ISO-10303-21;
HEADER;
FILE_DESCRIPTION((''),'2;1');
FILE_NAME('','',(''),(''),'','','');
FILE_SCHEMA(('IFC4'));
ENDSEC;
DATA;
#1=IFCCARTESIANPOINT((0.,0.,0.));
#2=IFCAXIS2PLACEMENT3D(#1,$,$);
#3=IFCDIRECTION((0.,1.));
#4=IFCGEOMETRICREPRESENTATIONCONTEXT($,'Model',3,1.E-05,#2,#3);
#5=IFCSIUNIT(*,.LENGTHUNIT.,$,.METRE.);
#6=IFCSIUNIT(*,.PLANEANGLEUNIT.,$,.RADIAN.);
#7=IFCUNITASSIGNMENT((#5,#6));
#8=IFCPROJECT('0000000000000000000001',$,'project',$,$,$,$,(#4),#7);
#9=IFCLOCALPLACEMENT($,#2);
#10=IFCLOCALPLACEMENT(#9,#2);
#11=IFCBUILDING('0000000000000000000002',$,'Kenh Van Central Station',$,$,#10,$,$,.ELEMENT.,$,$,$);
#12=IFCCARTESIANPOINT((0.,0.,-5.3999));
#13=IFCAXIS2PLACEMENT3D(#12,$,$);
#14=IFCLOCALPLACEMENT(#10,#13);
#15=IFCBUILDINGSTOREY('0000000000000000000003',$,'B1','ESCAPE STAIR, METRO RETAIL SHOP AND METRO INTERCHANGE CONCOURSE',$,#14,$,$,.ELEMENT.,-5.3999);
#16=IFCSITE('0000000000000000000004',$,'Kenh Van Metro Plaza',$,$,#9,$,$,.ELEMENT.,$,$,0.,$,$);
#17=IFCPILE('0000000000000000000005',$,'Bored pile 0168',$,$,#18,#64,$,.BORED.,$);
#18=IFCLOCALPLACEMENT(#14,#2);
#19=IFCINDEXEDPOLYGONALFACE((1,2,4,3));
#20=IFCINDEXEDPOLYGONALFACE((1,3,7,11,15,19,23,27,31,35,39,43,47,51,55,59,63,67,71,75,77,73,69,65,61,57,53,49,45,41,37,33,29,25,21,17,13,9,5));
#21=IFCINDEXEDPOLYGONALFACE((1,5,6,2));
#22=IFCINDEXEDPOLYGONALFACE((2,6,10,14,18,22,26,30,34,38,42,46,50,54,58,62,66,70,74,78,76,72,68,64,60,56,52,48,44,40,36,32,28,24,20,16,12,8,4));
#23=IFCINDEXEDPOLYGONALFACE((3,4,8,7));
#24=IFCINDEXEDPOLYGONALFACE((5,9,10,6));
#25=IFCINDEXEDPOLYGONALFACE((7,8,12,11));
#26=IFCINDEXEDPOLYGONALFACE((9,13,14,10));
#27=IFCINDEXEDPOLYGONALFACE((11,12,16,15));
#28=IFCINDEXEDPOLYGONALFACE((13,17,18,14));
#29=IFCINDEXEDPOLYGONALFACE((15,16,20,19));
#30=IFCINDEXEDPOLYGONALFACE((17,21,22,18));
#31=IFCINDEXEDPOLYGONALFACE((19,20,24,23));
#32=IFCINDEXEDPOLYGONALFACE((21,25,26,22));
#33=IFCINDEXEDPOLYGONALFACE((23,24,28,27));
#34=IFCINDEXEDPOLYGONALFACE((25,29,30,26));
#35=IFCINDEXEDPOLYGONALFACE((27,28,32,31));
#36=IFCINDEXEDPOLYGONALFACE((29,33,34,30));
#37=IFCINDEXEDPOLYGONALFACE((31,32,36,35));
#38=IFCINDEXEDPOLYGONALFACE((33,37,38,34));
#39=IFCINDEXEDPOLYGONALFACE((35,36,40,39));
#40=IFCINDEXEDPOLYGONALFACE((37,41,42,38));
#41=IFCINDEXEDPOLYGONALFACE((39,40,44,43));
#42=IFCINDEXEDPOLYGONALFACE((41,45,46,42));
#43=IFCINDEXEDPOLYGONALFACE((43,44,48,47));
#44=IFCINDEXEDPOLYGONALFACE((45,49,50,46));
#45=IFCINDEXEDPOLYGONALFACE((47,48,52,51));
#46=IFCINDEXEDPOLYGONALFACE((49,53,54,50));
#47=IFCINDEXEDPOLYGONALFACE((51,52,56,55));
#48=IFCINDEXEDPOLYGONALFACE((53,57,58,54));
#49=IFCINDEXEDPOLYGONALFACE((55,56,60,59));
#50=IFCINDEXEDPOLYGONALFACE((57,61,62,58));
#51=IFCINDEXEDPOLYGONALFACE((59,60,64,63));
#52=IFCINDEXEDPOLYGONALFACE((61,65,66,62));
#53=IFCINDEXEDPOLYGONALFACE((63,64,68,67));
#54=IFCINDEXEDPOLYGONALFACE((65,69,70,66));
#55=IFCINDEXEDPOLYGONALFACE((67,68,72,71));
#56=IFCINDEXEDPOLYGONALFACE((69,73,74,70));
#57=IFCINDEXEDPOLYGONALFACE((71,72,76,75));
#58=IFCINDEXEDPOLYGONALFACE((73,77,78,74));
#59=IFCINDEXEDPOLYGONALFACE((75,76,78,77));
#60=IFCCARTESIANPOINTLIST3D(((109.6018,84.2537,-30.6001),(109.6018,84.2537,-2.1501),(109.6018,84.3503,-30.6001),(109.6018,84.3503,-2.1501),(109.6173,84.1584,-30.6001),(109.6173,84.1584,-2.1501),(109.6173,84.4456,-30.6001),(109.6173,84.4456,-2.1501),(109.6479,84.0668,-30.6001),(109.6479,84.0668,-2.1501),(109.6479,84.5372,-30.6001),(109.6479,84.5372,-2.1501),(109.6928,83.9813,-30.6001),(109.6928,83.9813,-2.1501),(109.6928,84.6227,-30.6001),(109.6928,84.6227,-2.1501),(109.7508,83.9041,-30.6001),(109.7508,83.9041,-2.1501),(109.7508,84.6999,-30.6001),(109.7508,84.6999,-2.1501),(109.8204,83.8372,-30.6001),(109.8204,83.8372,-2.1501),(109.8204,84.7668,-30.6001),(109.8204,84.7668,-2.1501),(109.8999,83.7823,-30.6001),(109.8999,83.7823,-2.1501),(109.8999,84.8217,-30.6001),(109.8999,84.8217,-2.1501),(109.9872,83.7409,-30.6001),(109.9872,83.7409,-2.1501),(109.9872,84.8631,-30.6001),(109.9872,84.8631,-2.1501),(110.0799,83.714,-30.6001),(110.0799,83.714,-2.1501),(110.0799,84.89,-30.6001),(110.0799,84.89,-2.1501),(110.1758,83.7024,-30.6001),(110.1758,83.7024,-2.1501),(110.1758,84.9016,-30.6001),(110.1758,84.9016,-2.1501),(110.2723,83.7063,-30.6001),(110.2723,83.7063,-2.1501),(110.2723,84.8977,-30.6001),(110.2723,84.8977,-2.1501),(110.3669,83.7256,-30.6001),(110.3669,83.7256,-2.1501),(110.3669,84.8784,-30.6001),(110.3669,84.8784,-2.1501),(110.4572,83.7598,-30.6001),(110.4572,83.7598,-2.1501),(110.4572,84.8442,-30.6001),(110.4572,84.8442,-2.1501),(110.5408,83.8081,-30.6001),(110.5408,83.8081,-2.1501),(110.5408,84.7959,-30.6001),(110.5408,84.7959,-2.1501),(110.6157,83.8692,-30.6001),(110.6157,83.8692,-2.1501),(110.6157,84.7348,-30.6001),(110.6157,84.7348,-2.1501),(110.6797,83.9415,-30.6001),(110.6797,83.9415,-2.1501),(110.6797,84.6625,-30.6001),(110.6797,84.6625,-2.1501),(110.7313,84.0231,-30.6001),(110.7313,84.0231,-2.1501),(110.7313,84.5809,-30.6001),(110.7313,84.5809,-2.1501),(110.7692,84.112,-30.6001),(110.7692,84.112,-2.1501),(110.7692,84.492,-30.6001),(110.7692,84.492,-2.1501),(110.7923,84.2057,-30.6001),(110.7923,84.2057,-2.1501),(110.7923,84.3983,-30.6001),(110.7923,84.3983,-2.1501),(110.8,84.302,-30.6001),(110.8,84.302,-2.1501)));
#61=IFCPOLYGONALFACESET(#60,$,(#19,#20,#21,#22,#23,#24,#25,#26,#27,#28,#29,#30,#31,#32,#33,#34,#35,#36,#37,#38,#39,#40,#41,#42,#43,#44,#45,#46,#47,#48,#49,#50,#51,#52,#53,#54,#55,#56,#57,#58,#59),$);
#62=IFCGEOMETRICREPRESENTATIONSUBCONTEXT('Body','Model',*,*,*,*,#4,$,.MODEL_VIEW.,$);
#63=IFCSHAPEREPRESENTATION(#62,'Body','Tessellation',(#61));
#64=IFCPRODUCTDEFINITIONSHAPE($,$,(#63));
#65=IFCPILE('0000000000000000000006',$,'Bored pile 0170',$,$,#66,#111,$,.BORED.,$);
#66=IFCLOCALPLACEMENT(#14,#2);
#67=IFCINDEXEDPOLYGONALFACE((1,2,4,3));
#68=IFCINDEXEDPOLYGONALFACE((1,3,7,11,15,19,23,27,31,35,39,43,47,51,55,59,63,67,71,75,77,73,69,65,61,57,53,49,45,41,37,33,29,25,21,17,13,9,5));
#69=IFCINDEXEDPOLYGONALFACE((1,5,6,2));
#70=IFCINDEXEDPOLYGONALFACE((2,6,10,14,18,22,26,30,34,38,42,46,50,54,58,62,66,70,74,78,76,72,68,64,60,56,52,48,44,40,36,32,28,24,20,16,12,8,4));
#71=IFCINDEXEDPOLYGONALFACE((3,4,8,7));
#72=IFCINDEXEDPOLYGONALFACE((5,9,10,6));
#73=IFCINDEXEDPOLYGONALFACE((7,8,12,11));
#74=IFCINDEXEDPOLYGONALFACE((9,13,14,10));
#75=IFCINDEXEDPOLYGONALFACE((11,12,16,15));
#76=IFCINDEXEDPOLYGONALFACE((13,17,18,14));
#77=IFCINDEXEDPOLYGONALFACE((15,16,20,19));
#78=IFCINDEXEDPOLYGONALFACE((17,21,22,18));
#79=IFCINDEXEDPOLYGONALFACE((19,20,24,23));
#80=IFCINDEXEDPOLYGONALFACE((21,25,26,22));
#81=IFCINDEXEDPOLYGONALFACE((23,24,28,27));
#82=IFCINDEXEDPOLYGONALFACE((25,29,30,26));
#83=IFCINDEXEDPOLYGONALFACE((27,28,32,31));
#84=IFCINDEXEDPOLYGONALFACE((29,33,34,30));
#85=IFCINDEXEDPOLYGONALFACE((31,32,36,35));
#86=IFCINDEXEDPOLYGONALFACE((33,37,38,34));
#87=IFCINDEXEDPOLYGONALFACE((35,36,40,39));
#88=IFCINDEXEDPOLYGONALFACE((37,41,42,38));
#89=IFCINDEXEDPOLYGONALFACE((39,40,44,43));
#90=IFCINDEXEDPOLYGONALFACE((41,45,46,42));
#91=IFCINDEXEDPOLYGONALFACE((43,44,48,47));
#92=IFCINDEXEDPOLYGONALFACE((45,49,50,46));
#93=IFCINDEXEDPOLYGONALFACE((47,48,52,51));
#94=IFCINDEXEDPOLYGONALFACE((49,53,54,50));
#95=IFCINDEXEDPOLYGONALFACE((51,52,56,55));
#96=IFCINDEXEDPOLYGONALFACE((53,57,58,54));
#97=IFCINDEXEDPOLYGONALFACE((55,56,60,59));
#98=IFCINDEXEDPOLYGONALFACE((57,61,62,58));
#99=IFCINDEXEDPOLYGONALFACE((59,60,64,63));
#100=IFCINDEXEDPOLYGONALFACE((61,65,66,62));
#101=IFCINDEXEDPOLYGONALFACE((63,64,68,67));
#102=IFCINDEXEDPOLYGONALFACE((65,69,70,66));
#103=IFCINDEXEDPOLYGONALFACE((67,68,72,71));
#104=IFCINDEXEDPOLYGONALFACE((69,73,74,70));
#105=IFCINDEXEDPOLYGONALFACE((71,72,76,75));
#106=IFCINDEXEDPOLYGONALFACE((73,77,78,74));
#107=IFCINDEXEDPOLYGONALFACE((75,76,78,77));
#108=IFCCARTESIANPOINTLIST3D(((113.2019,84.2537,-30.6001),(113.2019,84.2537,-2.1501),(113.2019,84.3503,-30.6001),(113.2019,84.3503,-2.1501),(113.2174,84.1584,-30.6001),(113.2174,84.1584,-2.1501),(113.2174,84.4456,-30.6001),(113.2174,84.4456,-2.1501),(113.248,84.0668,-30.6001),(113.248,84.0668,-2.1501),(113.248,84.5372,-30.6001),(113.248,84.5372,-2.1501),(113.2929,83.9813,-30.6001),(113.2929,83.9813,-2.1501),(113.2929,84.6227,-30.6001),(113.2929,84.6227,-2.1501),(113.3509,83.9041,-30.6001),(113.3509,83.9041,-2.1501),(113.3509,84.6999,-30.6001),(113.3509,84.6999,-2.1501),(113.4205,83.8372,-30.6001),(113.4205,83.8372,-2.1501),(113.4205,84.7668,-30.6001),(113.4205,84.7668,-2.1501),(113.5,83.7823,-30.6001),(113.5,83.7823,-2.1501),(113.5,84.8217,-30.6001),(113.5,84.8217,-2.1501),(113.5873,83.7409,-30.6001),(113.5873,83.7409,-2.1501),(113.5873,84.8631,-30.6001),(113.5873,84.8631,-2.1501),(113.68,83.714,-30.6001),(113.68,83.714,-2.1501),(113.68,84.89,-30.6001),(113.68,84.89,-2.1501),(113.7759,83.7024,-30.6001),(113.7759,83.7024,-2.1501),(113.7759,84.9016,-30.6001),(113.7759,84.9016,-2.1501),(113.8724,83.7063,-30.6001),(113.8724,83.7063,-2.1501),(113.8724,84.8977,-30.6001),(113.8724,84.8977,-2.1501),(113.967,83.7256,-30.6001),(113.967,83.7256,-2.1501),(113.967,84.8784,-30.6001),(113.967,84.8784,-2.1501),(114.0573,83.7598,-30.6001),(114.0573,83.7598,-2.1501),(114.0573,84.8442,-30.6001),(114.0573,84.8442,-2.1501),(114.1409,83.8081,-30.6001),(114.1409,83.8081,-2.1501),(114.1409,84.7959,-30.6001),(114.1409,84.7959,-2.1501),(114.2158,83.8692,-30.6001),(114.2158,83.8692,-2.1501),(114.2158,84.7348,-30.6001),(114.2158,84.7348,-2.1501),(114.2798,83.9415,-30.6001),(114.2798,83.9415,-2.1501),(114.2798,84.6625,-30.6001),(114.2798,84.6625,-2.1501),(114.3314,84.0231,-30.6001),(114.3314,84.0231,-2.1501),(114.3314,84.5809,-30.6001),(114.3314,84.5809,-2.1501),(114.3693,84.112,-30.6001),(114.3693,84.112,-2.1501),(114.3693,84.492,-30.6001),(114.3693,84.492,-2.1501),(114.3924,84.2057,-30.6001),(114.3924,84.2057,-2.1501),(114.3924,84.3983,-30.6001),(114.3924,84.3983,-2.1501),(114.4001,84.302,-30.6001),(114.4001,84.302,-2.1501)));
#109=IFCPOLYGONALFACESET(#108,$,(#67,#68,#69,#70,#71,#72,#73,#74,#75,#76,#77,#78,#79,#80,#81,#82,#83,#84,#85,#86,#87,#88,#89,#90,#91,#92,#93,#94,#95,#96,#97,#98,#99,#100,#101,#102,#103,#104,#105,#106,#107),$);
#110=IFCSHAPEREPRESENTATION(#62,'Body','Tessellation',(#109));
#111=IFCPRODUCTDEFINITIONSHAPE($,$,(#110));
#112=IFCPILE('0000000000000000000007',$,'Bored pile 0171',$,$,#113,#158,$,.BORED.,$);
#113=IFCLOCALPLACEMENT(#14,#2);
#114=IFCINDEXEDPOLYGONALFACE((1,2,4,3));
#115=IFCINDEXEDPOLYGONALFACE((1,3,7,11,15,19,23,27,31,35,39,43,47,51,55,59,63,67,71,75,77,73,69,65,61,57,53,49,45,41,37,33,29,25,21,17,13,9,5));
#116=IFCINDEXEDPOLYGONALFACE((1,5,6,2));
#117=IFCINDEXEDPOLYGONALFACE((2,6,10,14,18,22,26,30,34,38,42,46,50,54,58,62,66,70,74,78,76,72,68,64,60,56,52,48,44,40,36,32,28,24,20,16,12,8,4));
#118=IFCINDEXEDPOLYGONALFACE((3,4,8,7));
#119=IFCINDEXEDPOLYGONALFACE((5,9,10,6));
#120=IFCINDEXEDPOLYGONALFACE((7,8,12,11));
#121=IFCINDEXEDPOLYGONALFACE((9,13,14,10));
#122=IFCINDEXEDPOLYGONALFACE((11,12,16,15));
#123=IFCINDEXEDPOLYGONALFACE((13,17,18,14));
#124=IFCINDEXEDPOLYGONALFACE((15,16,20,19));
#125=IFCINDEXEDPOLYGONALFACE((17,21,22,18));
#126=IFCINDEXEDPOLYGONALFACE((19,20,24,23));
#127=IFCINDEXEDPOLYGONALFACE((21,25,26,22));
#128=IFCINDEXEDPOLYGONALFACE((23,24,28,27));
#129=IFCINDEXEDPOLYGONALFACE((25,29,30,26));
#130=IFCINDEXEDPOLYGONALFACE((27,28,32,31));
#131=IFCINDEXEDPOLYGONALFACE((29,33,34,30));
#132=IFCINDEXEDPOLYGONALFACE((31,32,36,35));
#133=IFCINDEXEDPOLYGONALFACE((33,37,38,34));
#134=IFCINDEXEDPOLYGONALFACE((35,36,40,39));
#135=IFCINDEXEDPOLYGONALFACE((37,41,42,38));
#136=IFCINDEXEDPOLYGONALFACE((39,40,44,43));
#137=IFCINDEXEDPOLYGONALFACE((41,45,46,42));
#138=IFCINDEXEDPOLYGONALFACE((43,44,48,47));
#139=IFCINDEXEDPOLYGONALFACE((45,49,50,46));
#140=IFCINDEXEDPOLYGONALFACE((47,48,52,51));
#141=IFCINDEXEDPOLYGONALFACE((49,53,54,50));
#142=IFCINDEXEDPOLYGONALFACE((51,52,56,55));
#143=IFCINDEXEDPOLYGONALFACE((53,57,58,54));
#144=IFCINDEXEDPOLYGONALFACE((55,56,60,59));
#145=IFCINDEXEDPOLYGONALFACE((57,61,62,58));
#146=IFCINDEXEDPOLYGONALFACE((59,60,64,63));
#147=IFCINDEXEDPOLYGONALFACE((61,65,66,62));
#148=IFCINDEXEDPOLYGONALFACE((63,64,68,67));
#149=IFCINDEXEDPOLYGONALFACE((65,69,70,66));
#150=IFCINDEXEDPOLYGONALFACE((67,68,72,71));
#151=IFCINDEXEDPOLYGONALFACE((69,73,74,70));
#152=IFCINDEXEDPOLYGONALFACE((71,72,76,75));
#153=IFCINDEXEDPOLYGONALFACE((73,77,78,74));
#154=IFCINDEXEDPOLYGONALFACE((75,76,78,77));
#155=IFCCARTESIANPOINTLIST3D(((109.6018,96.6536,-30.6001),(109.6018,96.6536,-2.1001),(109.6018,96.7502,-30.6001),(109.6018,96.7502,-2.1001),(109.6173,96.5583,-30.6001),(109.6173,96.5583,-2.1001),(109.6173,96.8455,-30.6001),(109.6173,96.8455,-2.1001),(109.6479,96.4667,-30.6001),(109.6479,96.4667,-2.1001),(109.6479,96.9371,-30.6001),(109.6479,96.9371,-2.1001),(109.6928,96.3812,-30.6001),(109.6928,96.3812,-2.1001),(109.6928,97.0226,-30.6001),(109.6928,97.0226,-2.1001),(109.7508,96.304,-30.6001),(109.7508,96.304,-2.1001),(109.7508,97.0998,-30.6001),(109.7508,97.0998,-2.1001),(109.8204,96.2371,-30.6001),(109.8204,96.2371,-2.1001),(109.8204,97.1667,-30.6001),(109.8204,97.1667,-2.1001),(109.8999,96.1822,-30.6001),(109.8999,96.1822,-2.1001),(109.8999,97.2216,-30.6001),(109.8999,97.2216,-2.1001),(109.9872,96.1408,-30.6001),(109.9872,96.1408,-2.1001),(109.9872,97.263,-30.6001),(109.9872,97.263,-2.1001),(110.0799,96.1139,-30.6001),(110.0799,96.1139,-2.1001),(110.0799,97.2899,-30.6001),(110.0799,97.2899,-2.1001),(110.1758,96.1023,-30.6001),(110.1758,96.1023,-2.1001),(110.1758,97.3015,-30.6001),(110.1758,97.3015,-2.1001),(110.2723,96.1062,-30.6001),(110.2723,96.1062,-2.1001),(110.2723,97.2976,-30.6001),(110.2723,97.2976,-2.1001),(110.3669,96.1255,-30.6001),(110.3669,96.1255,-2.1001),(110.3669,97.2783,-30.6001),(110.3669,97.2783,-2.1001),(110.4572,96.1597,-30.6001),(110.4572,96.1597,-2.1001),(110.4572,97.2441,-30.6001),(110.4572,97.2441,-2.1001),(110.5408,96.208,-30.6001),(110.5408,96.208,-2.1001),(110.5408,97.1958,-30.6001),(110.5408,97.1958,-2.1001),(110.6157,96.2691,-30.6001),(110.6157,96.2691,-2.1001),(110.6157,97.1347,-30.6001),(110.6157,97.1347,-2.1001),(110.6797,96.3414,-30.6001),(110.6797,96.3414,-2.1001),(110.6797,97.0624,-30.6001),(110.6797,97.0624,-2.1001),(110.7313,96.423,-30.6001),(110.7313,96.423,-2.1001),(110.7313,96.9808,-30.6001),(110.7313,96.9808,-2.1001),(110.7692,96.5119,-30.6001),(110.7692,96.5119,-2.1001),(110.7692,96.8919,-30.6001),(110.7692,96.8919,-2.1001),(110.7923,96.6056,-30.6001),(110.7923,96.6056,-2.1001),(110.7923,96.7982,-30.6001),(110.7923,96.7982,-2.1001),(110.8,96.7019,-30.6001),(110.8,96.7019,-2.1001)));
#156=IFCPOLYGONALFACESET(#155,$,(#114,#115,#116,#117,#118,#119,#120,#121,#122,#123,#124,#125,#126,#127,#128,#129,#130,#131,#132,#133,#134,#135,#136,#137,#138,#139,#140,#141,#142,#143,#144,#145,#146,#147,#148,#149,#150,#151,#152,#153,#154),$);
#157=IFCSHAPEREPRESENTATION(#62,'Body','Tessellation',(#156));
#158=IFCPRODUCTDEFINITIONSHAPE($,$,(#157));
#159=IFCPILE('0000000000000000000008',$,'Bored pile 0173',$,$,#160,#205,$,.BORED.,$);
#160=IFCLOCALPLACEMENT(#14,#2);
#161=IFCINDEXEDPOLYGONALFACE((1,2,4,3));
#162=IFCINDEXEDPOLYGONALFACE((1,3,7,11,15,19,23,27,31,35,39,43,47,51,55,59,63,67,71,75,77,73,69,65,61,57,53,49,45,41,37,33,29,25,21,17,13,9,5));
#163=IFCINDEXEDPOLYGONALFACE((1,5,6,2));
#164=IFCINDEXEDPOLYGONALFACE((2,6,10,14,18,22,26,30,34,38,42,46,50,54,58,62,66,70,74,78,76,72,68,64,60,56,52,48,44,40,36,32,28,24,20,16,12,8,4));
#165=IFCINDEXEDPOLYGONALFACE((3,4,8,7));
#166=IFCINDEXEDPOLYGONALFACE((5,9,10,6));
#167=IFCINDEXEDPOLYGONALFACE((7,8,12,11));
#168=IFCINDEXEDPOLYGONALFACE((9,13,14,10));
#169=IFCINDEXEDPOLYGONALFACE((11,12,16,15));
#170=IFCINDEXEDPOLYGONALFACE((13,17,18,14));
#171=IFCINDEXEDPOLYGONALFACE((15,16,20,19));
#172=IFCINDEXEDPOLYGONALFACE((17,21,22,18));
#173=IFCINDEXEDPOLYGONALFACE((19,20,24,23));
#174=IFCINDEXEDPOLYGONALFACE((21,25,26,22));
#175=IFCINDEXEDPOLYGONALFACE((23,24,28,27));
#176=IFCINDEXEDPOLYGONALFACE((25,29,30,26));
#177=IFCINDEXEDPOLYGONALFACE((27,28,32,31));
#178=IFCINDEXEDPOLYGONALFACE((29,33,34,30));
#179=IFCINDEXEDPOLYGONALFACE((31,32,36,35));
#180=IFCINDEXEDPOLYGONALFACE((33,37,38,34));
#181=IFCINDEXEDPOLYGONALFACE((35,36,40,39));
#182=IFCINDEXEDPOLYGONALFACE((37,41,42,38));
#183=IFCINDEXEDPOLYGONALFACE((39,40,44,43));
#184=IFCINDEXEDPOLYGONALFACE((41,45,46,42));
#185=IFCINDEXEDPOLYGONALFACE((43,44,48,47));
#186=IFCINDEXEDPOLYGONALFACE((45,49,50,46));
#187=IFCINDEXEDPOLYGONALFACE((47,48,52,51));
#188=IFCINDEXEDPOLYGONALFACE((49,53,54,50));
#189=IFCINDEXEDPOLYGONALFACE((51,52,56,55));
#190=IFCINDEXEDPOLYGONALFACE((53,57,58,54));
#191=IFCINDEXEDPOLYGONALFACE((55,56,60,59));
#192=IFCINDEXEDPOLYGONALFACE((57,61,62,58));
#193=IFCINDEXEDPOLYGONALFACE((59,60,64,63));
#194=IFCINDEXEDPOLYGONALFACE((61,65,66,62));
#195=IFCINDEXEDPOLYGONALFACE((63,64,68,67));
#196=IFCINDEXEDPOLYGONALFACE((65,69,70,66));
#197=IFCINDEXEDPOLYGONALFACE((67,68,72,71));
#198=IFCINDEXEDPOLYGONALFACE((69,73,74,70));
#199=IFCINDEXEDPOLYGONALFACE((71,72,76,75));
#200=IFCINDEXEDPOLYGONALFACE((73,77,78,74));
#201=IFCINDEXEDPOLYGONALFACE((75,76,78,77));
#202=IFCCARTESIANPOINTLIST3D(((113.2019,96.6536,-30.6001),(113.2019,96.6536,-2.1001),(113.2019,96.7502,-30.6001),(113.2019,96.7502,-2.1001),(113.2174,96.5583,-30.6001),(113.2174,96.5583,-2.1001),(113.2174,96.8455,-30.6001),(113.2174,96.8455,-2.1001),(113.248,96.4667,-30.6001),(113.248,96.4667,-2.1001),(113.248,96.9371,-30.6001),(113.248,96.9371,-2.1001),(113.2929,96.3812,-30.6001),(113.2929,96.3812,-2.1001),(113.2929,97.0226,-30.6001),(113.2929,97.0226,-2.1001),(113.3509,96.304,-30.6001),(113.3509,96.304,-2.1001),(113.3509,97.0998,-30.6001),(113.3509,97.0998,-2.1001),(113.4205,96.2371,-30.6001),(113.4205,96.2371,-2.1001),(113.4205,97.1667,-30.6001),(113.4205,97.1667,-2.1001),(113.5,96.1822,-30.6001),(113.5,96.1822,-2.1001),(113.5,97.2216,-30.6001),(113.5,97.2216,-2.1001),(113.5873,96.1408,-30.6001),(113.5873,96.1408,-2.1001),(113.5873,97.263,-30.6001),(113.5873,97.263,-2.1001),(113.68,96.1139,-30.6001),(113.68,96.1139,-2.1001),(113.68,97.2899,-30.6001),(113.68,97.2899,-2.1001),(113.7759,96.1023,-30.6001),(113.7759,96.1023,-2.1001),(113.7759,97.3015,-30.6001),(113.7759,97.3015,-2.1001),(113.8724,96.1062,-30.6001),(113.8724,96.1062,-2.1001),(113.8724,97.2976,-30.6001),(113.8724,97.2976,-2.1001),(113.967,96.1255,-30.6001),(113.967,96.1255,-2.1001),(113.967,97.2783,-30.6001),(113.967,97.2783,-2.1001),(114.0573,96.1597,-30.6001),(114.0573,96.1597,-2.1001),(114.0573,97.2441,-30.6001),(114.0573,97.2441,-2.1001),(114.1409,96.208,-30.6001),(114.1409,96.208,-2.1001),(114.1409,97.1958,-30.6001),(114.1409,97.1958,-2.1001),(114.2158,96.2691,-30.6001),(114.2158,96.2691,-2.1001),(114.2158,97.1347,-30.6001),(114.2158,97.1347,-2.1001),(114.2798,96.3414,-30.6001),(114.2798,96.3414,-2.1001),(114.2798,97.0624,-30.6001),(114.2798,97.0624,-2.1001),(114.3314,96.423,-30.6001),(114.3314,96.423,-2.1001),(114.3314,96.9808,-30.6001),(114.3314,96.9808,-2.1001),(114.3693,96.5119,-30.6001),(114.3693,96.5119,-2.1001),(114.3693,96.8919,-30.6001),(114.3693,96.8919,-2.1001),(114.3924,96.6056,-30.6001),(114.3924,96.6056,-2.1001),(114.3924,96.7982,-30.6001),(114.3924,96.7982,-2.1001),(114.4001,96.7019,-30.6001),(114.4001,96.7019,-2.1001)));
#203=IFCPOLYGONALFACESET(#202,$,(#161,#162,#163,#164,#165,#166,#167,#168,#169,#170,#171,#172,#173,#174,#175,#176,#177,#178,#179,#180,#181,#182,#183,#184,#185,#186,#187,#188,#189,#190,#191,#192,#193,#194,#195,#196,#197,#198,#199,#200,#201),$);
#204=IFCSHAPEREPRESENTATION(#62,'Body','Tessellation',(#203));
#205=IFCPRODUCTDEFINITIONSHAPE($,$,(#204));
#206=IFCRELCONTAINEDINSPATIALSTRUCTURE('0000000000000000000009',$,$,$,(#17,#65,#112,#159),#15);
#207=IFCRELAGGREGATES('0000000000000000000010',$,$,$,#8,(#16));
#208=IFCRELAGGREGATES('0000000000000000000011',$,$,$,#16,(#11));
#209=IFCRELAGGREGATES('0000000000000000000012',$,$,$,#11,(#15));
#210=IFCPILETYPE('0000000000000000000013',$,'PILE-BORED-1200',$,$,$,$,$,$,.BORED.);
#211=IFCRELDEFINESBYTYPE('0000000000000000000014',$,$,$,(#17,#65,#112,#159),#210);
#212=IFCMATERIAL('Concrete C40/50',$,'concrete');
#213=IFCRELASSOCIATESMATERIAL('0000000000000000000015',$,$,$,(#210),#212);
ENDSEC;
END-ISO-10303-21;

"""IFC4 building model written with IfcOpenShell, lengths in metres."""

from ifc_helpers import new_model, si_unit, direction, frame, origin, origin_2d, place, context, subcontext, project, spatial, circle, extrude, material, material_profile, profile_set, type_object, element, save


model = new_model("IFC4")

# Units and contexts
model_context = context("Model", 3, precision=1e-05, world=origin(), true_north=direction((0.0, 1.0)))
body_context = subcontext(model_context, "Body", "Model", "MODEL_VIEW")
ifc_project = project(units=[si_unit("LENGTHUNIT", "METRE"), si_unit("PLANEANGLEUNIT", "RADIAN")], contexts=[model_context])

# Site, building, storey
site_placement = place(None, origin())
site = spatial("IfcSite", under=ifc_project, at=site_placement, Name="Kenh Van Metro Plaza", CompositionType="ELEMENT", RefElevation=0.0)
building_placement = place(site_placement, origin())
building = spatial("IfcBuilding", under=site, at=building_placement, Name="Kenh Van Central Station", CompositionType="ELEMENT")
storey_placement = place(building_placement, frame((0.0, 0.0, -5.3999)))
storey = spatial("IfcBuildingStorey", under=building, at=storey_placement, Name="B1", Description="ESCAPE STAIR, METRO RETAIL SHOP AND METRO INTERCHANGE CONCOURSE", CompositionType="ELEMENT", Elevation=-5.3999)

# Shared definitions
ifc_material = material(Name="Concrete C40/50", Category="concrete")

# Piles
ifc_material_profile_1 = material_profile(ifc_material, circle(Radius=0.6001, at=origin_2d()), Name="PILE D1200")
ifc_profile_set_1 = profile_set([ifc_material_profile_1], Name="Concrete C40/50")
pile_type_1 = type_object("IfcPileType", Name="PILE-BORED-1200", PredefinedType="BORED", material=ifc_profile_set_1)
for number, where, z_axis, x_axis, name in (
    (1, (110.2, 84.302, -2.1501), (0.0, 0.0, -1.0), (1.0, 0.0, 0.0), "Bored pile 0168"),
    (2, (113.8, 84.302, -2.1501), (0.0, 0.0, -1.0), (1.0, 0.0, 0.0), "Bored pile 0170"),
):
    element("IfcPile", number, at=place(storey_placement, frame(where, z_axis=z_axis, x_axis=x_axis)), inside=storey, type_object=pile_type_1, Name=name, PredefinedType="BORED", context=body_context, shape_type="SweptSolid", body=[
        extrude(circle(Radius=0.6001, at=origin_2d()), origin(), (0.0, 0.0, 1.0), 28.45),
    ])
for number, where, z_axis, x_axis, name in (
    (3, (110.2, 96.7019, -2.1001), (0.0, 0.0, -1.0), (1.0, 0.0, 0.0), "Bored pile 0171"),
    (4, (113.8, 96.7019, -2.1001), (0.0, 0.0, -1.0), (1.0, 0.0, 0.0), "Bored pile 0173"),
):
    element("IfcPile", number, at=place(storey_placement, frame(where, z_axis=z_axis, x_axis=x_axis)), inside=storey, type_object=pile_type_1, Name=name, PredefinedType="BORED", context=body_context, shape_type="SweptSolid", body=[
        extrude(circle(Radius=0.6001, at=origin_2d()), origin(), (0.0, 0.0, 1.0), 28.5),
    ])

save(model, "model.ifc")
